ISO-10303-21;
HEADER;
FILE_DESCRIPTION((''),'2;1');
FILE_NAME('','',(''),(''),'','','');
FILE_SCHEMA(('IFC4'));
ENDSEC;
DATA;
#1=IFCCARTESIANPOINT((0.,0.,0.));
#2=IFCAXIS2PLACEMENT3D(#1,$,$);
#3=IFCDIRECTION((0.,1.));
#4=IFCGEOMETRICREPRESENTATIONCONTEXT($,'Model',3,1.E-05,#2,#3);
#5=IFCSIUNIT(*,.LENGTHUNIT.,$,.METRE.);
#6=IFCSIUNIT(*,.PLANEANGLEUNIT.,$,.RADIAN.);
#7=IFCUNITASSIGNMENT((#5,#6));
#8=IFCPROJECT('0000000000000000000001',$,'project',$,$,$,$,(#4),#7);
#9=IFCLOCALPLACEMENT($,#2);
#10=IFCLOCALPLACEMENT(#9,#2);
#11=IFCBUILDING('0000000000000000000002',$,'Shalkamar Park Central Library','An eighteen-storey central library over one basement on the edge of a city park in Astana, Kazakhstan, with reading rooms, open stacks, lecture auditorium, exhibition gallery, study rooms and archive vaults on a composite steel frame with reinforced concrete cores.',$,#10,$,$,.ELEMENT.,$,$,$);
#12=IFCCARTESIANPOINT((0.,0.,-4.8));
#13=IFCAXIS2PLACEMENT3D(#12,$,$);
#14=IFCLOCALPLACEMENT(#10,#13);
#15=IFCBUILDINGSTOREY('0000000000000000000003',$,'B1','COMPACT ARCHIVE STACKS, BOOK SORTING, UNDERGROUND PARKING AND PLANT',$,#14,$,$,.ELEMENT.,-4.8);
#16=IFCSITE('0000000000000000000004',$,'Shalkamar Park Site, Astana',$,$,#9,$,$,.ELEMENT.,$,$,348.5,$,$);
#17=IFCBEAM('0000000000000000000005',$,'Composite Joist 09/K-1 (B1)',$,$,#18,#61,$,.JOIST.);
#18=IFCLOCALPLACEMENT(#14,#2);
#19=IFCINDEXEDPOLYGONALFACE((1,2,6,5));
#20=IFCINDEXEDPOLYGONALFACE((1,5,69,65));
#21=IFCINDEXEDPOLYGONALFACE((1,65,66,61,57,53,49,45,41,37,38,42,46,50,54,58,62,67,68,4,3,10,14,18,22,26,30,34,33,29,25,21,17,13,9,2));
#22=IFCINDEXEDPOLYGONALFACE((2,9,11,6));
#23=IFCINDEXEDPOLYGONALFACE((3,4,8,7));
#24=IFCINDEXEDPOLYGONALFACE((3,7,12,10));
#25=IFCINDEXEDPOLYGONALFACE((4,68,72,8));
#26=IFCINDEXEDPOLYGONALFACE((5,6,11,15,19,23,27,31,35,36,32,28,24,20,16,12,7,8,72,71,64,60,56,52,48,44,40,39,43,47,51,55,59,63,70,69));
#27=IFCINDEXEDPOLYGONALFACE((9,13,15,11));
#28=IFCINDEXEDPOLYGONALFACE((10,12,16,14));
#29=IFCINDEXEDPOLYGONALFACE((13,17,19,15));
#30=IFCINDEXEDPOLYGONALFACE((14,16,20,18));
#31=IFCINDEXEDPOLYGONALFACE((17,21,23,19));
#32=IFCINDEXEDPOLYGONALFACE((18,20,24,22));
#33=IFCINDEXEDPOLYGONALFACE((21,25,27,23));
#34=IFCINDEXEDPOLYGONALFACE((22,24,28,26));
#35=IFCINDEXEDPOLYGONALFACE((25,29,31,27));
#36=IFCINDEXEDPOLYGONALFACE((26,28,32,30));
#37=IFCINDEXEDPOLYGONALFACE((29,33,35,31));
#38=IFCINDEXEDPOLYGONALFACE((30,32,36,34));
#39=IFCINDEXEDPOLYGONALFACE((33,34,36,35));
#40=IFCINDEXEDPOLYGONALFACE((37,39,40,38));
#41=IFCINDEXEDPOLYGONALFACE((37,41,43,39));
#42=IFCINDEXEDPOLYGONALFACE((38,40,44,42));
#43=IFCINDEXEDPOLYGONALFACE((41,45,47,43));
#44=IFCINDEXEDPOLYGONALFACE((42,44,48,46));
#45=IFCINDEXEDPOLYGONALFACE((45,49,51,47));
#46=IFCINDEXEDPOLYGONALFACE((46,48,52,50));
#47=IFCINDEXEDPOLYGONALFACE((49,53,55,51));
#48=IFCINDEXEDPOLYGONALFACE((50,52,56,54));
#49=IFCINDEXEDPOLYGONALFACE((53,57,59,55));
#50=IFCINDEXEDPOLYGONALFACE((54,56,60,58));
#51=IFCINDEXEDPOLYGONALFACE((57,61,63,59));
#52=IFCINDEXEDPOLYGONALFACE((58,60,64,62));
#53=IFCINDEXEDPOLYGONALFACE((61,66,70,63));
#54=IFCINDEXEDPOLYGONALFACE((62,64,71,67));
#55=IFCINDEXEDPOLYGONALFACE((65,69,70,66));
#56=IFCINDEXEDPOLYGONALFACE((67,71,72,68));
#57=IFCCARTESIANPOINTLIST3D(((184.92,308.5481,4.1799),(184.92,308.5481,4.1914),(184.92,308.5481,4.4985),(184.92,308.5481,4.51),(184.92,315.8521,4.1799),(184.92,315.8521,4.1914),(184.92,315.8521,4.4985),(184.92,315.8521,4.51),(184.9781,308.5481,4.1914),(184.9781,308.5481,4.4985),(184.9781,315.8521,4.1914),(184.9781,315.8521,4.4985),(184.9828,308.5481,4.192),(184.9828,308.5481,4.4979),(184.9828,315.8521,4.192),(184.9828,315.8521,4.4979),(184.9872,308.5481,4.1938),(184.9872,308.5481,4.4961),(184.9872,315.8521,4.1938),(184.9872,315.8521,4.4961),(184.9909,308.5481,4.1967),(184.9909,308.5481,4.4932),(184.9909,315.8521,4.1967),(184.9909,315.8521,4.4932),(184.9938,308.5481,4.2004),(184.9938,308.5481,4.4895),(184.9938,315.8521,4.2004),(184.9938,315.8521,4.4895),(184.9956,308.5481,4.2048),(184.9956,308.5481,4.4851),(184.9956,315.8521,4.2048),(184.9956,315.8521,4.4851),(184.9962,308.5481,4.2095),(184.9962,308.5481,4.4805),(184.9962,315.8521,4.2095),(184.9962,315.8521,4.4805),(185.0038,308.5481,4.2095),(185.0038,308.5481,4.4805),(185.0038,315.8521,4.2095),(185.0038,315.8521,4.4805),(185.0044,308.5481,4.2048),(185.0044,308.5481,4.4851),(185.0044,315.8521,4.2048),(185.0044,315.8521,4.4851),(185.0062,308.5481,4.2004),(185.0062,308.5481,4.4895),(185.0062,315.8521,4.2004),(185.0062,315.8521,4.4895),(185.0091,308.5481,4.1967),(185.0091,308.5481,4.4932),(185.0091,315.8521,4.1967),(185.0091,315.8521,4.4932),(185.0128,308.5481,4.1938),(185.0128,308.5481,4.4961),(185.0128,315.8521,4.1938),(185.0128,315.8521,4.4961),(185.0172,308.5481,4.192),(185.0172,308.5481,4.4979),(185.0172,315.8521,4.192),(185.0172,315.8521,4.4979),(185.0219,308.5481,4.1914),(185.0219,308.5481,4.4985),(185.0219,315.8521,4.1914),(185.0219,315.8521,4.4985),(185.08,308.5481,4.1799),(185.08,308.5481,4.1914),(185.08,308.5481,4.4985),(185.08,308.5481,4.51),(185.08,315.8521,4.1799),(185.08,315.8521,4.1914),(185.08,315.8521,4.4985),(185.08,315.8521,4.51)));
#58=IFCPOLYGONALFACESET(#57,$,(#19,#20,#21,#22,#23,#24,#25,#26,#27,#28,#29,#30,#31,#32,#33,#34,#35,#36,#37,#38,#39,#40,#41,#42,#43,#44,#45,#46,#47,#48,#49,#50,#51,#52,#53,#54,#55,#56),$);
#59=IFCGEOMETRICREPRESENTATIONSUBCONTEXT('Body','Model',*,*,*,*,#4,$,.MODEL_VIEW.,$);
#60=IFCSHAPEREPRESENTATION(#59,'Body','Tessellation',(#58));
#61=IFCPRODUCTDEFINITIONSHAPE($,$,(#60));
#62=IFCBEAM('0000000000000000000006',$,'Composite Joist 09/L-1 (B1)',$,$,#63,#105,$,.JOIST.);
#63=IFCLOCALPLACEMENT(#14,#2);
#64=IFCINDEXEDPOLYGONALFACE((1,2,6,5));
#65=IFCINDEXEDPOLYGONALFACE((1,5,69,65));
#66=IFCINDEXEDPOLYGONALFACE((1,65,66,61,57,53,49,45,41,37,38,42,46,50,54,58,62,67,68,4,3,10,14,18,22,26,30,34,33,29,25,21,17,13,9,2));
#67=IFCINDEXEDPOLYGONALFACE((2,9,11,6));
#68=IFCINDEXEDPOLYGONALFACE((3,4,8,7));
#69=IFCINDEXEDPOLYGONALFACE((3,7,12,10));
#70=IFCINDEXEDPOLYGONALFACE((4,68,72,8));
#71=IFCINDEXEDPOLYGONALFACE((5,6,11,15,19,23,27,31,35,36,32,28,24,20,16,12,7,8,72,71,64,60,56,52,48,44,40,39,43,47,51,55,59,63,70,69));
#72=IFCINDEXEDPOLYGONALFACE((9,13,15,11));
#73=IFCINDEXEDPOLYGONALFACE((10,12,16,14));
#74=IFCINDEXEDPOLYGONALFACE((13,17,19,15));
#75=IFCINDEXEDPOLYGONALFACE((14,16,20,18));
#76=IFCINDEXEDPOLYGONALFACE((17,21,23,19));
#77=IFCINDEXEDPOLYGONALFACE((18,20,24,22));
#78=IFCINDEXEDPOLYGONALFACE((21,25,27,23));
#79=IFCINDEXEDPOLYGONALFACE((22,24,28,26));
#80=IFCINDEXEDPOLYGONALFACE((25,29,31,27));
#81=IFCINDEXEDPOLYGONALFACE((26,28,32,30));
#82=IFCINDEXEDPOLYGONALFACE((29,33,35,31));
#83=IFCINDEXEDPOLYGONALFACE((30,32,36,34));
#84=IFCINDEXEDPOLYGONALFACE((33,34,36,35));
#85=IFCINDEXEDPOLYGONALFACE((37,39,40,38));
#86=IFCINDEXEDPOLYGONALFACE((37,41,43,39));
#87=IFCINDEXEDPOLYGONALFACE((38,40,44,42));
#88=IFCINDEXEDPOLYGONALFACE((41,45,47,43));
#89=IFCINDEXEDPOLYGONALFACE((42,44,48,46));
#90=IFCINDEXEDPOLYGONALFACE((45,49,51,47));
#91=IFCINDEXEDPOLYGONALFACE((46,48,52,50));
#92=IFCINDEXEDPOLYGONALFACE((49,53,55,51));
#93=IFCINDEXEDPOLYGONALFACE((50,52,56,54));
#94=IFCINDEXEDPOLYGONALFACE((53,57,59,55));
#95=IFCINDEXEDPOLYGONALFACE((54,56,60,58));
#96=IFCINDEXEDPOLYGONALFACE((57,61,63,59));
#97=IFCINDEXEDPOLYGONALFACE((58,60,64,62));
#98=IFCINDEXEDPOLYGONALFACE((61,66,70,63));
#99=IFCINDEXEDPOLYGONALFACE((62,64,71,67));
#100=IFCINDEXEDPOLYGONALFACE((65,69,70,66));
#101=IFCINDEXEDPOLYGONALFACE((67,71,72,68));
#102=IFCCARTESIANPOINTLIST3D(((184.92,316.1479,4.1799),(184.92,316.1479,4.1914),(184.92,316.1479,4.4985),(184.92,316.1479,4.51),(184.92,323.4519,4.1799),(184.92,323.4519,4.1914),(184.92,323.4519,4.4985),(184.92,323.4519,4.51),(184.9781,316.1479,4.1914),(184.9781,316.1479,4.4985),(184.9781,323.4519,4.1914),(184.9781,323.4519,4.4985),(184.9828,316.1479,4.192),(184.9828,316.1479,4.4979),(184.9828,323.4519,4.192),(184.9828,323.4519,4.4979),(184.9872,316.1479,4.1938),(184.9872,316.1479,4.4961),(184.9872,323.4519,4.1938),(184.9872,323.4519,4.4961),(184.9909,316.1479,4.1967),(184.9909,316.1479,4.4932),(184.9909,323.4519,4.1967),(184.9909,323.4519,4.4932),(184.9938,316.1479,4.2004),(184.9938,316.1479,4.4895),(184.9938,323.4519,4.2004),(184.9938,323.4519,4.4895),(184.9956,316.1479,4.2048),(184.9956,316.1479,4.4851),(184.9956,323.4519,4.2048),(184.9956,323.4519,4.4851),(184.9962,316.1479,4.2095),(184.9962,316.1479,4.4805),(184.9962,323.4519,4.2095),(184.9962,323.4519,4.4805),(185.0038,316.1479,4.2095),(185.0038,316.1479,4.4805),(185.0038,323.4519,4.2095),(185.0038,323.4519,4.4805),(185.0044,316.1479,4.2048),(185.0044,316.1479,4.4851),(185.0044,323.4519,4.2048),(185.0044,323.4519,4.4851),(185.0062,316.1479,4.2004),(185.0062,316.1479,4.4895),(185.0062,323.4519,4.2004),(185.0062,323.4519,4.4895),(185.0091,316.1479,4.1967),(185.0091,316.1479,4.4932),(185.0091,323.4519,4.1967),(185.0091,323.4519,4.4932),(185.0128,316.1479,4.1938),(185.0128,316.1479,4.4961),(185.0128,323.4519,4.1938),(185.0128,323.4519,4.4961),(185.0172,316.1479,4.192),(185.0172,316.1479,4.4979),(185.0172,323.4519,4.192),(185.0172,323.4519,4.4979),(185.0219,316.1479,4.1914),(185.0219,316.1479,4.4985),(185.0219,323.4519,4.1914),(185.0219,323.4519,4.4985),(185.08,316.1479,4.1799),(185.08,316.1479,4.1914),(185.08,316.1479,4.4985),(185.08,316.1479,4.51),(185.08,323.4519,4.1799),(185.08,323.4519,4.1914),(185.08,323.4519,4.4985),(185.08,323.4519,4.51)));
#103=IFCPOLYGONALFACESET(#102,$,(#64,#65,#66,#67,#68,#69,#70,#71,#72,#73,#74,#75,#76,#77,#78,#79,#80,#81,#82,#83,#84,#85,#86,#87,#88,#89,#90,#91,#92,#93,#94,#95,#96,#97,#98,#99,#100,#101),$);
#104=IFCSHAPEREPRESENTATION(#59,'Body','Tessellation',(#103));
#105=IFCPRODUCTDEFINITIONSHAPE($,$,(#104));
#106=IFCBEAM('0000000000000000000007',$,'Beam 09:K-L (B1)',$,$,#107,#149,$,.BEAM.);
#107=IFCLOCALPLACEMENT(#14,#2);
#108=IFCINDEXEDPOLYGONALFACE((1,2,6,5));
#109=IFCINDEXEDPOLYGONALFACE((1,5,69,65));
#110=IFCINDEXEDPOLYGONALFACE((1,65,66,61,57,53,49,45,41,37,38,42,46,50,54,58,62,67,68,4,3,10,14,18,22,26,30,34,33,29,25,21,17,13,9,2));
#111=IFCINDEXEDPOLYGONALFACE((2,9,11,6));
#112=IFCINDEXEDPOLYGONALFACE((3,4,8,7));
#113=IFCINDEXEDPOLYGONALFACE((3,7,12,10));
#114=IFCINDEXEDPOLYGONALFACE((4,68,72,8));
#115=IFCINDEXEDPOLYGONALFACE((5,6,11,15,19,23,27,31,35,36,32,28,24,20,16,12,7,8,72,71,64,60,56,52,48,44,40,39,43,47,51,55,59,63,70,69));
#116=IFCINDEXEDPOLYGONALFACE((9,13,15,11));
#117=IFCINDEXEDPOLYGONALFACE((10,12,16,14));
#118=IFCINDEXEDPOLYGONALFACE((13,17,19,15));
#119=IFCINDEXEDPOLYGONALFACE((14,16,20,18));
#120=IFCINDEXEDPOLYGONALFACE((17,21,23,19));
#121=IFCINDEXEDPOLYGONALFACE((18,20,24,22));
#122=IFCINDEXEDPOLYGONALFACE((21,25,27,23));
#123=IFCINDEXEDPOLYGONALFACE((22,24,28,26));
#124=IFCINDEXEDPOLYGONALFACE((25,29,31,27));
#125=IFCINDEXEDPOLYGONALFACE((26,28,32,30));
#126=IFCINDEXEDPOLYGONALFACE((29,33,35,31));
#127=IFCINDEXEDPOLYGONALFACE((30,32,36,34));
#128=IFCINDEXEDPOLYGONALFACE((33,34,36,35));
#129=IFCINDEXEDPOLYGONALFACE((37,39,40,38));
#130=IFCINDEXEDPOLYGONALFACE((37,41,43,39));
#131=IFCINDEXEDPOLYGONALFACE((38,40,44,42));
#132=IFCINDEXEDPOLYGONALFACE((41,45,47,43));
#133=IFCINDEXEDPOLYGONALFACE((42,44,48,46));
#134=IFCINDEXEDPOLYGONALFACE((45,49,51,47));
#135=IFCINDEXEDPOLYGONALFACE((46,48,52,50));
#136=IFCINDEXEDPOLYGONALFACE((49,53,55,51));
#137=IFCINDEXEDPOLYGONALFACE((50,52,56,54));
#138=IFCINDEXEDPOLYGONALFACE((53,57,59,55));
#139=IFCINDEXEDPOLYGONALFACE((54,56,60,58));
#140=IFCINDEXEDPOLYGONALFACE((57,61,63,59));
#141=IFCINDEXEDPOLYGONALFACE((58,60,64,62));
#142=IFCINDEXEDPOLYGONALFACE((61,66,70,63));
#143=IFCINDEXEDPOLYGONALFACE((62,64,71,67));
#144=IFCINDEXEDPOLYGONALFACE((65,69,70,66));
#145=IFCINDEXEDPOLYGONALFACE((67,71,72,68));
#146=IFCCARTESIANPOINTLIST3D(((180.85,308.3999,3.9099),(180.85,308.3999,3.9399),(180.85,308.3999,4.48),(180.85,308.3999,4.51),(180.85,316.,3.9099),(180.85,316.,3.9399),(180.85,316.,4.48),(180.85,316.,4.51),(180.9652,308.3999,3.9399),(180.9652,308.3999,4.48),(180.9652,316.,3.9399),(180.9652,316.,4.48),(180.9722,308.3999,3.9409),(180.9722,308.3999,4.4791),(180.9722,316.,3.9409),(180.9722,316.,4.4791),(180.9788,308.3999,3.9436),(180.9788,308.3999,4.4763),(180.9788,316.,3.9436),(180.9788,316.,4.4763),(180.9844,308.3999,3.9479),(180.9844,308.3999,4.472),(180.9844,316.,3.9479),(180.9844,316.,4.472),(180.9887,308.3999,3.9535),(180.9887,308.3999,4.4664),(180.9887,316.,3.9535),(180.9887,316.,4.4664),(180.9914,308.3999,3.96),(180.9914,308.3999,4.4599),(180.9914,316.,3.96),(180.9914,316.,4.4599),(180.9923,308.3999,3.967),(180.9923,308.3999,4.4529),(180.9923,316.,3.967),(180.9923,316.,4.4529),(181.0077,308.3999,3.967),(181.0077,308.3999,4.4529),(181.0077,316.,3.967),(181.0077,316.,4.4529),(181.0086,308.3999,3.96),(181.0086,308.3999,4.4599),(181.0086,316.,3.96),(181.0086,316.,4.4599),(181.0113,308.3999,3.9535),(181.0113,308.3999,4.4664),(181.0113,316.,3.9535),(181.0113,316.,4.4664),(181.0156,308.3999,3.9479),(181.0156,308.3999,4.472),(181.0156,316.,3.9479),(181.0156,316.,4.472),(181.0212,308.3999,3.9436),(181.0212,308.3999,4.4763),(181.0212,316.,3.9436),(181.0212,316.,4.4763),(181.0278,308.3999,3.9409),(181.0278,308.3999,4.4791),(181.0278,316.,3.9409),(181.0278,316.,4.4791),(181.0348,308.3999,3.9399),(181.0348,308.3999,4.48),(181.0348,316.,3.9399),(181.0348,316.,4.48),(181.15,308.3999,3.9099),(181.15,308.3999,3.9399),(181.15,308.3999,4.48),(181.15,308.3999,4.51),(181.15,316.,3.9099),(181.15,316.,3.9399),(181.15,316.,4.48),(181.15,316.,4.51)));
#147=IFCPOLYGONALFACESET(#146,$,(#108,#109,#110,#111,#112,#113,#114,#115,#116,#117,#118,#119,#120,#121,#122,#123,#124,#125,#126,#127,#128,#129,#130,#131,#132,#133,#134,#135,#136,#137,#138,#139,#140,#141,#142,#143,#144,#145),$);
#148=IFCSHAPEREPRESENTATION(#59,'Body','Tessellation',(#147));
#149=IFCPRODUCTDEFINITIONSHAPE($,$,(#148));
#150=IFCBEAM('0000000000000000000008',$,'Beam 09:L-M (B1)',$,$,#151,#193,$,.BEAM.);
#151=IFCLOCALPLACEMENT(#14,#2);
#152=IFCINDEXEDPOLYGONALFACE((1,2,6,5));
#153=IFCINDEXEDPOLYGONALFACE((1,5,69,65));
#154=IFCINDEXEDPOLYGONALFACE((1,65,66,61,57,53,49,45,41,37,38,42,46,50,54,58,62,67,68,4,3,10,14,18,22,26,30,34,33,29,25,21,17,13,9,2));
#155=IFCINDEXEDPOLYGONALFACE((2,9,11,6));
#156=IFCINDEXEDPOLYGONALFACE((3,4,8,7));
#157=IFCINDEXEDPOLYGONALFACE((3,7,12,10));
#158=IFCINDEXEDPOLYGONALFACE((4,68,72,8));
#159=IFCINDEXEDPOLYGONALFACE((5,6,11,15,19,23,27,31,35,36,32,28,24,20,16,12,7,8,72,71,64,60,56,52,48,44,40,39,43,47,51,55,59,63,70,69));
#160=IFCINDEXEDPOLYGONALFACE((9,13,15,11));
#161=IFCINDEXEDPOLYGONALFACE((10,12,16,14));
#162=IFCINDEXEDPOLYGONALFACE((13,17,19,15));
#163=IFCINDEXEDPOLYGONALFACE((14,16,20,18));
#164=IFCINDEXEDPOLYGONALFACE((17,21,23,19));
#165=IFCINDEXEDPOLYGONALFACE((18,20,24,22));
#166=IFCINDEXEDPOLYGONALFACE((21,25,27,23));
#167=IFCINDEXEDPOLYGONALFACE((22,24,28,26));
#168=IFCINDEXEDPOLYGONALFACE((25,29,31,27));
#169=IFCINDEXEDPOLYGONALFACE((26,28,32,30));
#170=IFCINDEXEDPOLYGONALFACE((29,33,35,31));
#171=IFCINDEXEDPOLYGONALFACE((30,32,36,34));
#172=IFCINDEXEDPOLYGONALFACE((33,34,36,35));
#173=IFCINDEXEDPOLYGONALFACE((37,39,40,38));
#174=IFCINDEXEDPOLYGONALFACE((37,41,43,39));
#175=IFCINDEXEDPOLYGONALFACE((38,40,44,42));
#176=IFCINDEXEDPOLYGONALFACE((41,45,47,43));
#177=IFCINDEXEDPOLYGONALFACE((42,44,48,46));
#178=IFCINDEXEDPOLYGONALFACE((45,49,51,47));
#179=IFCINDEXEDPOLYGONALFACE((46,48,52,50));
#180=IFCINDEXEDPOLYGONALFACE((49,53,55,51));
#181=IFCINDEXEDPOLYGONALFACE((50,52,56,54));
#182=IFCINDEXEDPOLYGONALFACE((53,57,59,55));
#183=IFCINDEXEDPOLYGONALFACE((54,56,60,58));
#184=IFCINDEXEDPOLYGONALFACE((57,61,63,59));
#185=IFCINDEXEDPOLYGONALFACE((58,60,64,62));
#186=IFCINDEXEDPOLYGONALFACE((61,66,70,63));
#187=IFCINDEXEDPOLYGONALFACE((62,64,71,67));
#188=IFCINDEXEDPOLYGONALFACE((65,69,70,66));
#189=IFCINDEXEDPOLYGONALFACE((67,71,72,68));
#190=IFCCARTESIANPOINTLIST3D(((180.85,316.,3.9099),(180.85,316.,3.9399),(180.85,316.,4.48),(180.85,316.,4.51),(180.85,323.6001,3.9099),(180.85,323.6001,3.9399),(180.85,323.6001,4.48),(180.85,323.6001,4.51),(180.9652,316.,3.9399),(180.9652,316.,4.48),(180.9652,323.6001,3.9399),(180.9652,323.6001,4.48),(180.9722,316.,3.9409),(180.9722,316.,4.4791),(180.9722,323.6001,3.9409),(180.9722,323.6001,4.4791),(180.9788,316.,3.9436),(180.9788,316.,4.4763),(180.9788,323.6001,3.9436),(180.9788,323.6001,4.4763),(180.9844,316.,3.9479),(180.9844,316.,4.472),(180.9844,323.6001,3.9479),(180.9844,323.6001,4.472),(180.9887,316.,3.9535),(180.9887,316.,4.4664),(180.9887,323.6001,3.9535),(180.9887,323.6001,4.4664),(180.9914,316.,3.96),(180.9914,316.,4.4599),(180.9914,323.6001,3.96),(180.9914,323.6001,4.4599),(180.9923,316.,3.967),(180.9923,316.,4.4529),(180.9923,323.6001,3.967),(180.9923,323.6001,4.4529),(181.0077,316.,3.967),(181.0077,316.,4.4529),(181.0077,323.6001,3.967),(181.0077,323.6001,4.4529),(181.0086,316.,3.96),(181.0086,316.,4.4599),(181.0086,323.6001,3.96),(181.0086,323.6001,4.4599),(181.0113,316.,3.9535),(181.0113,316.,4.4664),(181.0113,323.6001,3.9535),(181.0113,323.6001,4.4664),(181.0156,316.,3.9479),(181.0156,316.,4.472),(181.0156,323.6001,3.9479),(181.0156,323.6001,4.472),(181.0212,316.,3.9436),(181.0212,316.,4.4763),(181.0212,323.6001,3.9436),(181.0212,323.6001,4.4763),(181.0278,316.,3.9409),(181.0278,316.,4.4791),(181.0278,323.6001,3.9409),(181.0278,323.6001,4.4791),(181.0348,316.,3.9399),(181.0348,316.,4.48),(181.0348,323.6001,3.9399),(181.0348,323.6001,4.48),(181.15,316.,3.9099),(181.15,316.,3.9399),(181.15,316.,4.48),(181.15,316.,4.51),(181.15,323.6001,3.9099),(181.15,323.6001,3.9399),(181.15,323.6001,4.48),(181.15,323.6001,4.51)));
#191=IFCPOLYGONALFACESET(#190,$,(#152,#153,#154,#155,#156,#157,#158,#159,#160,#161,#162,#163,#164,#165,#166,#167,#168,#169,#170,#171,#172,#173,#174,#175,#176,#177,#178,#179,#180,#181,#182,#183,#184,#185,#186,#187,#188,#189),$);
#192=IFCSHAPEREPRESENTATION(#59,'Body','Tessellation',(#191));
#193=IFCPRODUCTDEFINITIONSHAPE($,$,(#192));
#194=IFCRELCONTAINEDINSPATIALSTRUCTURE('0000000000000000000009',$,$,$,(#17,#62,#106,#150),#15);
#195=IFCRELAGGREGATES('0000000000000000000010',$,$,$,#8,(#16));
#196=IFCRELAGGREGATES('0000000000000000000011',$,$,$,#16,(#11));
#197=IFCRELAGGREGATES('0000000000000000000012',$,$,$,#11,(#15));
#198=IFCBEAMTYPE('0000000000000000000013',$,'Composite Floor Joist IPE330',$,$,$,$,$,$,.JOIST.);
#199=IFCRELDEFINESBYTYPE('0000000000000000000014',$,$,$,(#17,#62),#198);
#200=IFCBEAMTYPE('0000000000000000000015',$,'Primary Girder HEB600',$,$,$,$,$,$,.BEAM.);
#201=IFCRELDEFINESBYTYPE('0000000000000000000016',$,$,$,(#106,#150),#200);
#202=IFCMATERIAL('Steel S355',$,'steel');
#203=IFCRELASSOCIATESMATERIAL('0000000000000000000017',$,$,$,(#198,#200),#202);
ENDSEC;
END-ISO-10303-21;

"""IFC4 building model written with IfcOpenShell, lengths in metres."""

from ifc_helpers import new_model, si_unit, direction, frame, origin, origin_2d, place, context, subcontext, project, spatial, i_section, extrude, material, material_profile, profile_set, type_object, element, save


model = new_model("IFC4")

# Units and contexts
model_context = context("Model", 3, precision=1e-05, world=origin(), true_north=direction((0.0, 1.0)))
body_context = subcontext(model_context, "Body", "Model", "MODEL_VIEW")
ifc_project = project(units=[si_unit("LENGTHUNIT", "METRE"), si_unit("PLANEANGLEUNIT", "RADIAN")], contexts=[model_context])

# Site, building, storey
site_placement = place(None, origin())
site = spatial("IfcSite", under=ifc_project, at=site_placement, Name="Shalkamar Park Site, Astana", CompositionType="ELEMENT", RefElevation=348.5)
building_placement = place(site_placement, origin())
building = spatial("IfcBuilding", under=site, at=building_placement, Name="Shalkamar Park Central Library", Description="An eighteen-storey central library over one basement on the edge of a city park in Astana, Kazakhstan, with reading rooms, open stacks, lecture auditorium, exhibition gallery, study rooms and archive vaults on a composite steel frame with reinforced concrete cores.", CompositionType="ELEMENT")
storey_placement = place(building_placement, frame((0.0, 0.0, -4.8)))
storey = spatial("IfcBuildingStorey", under=building, at=storey_placement, Name="B1", Description="COMPACT ARCHIVE STACKS, BOOK SORTING, UNDERGROUND PARKING AND PLANT", CompositionType="ELEMENT", Elevation=-4.8)

# Shared definitions
ifc_material_1 = material(Name="Steel S355", Category="steel")

# Beams
ifc_material_profile_1 = material_profile(ifc_material_1, i_section(OverallWidth=0.1599, OverallDepth=0.3301, WebThickness=0.0076, FlangeThickness=0.0115, FilletRadius=0.0181, at=origin_2d()), Name="IPE 330")
ifc_profile_set_1 = profile_set([ifc_material_profile_1], Name="Steel S355")
beam_type_1 = type_object("IfcBeamType", Name="Composite Floor Joist IPE330", PredefinedType="JOIST", material=ifc_profile_set_1)
for number, where, z_axis, x_axis, name in (
    (1, (185.0, 308.5481, 4.345), (0.0, 1.0, 0.0), (-1.0, 0.0, 0.0), "Composite Joist 09/K-1 (B1)"),
    (2, (185.0, 316.1479, 4.345), (0.0, 1.0, 0.0), (-1.0, 0.0, 0.0), "Composite Joist 09/L-1 (B1)"),
):
    element("IfcBeam", number, at=place(storey_placement, frame(where, z_axis=z_axis, x_axis=x_axis)), inside=storey, type_object=beam_type_1, Name=name, PredefinedType="JOIST", context=body_context, shape_type="SweptSolid", body=[
        extrude(i_section(OverallWidth=0.1599, OverallDepth=0.3301, WebThickness=0.0076, FlangeThickness=0.0115, FilletRadius=0.0181, at=origin_2d()), origin(), (0.0, 0.0, 1.0), 7.304),
    ])
ifc_material_profile_2 = material_profile(ifc_material_1, i_section(OverallWidth=0.3, OverallDepth=0.6001, WebThickness=0.0154, FlangeThickness=0.03, FilletRadius=0.0271, at=origin_2d()), Name="HEB 600")
ifc_profile_set_2 = profile_set([ifc_material_profile_2], Name="Steel S355")
beam_type_2 = type_object("IfcBeamType", Name="Primary Girder HEB600", PredefinedType="BEAM", material=ifc_profile_set_2)
for number, where, z_axis, x_axis, name in (
    (3, (181.0, 308.3999, 4.21), (0.0, 1.0, 0.0), (-1.0, 0.0, 0.0), "Beam 09:K-L (B1)"),
    (4, (181.0, 316.0, 4.21), (0.0, 1.0, 0.0), (-1.0, 0.0, 0.0), "Beam 09:L-M (B1)"),
):
    element("IfcBeam", number, at=place(storey_placement, frame(where, z_axis=z_axis, x_axis=x_axis)), inside=storey, type_object=beam_type_2, Name=name, PredefinedType="BEAM", context=body_context, shape_type="SweptSolid", body=[
        extrude(i_section(OverallWidth=0.3, OverallDepth=0.6001, WebThickness=0.0154, FlangeThickness=0.03, FilletRadius=0.0271, at=origin_2d()), origin(), (0.0, 0.0, 1.0), 7.6001),
    ])

save(model, "model.ifc")
